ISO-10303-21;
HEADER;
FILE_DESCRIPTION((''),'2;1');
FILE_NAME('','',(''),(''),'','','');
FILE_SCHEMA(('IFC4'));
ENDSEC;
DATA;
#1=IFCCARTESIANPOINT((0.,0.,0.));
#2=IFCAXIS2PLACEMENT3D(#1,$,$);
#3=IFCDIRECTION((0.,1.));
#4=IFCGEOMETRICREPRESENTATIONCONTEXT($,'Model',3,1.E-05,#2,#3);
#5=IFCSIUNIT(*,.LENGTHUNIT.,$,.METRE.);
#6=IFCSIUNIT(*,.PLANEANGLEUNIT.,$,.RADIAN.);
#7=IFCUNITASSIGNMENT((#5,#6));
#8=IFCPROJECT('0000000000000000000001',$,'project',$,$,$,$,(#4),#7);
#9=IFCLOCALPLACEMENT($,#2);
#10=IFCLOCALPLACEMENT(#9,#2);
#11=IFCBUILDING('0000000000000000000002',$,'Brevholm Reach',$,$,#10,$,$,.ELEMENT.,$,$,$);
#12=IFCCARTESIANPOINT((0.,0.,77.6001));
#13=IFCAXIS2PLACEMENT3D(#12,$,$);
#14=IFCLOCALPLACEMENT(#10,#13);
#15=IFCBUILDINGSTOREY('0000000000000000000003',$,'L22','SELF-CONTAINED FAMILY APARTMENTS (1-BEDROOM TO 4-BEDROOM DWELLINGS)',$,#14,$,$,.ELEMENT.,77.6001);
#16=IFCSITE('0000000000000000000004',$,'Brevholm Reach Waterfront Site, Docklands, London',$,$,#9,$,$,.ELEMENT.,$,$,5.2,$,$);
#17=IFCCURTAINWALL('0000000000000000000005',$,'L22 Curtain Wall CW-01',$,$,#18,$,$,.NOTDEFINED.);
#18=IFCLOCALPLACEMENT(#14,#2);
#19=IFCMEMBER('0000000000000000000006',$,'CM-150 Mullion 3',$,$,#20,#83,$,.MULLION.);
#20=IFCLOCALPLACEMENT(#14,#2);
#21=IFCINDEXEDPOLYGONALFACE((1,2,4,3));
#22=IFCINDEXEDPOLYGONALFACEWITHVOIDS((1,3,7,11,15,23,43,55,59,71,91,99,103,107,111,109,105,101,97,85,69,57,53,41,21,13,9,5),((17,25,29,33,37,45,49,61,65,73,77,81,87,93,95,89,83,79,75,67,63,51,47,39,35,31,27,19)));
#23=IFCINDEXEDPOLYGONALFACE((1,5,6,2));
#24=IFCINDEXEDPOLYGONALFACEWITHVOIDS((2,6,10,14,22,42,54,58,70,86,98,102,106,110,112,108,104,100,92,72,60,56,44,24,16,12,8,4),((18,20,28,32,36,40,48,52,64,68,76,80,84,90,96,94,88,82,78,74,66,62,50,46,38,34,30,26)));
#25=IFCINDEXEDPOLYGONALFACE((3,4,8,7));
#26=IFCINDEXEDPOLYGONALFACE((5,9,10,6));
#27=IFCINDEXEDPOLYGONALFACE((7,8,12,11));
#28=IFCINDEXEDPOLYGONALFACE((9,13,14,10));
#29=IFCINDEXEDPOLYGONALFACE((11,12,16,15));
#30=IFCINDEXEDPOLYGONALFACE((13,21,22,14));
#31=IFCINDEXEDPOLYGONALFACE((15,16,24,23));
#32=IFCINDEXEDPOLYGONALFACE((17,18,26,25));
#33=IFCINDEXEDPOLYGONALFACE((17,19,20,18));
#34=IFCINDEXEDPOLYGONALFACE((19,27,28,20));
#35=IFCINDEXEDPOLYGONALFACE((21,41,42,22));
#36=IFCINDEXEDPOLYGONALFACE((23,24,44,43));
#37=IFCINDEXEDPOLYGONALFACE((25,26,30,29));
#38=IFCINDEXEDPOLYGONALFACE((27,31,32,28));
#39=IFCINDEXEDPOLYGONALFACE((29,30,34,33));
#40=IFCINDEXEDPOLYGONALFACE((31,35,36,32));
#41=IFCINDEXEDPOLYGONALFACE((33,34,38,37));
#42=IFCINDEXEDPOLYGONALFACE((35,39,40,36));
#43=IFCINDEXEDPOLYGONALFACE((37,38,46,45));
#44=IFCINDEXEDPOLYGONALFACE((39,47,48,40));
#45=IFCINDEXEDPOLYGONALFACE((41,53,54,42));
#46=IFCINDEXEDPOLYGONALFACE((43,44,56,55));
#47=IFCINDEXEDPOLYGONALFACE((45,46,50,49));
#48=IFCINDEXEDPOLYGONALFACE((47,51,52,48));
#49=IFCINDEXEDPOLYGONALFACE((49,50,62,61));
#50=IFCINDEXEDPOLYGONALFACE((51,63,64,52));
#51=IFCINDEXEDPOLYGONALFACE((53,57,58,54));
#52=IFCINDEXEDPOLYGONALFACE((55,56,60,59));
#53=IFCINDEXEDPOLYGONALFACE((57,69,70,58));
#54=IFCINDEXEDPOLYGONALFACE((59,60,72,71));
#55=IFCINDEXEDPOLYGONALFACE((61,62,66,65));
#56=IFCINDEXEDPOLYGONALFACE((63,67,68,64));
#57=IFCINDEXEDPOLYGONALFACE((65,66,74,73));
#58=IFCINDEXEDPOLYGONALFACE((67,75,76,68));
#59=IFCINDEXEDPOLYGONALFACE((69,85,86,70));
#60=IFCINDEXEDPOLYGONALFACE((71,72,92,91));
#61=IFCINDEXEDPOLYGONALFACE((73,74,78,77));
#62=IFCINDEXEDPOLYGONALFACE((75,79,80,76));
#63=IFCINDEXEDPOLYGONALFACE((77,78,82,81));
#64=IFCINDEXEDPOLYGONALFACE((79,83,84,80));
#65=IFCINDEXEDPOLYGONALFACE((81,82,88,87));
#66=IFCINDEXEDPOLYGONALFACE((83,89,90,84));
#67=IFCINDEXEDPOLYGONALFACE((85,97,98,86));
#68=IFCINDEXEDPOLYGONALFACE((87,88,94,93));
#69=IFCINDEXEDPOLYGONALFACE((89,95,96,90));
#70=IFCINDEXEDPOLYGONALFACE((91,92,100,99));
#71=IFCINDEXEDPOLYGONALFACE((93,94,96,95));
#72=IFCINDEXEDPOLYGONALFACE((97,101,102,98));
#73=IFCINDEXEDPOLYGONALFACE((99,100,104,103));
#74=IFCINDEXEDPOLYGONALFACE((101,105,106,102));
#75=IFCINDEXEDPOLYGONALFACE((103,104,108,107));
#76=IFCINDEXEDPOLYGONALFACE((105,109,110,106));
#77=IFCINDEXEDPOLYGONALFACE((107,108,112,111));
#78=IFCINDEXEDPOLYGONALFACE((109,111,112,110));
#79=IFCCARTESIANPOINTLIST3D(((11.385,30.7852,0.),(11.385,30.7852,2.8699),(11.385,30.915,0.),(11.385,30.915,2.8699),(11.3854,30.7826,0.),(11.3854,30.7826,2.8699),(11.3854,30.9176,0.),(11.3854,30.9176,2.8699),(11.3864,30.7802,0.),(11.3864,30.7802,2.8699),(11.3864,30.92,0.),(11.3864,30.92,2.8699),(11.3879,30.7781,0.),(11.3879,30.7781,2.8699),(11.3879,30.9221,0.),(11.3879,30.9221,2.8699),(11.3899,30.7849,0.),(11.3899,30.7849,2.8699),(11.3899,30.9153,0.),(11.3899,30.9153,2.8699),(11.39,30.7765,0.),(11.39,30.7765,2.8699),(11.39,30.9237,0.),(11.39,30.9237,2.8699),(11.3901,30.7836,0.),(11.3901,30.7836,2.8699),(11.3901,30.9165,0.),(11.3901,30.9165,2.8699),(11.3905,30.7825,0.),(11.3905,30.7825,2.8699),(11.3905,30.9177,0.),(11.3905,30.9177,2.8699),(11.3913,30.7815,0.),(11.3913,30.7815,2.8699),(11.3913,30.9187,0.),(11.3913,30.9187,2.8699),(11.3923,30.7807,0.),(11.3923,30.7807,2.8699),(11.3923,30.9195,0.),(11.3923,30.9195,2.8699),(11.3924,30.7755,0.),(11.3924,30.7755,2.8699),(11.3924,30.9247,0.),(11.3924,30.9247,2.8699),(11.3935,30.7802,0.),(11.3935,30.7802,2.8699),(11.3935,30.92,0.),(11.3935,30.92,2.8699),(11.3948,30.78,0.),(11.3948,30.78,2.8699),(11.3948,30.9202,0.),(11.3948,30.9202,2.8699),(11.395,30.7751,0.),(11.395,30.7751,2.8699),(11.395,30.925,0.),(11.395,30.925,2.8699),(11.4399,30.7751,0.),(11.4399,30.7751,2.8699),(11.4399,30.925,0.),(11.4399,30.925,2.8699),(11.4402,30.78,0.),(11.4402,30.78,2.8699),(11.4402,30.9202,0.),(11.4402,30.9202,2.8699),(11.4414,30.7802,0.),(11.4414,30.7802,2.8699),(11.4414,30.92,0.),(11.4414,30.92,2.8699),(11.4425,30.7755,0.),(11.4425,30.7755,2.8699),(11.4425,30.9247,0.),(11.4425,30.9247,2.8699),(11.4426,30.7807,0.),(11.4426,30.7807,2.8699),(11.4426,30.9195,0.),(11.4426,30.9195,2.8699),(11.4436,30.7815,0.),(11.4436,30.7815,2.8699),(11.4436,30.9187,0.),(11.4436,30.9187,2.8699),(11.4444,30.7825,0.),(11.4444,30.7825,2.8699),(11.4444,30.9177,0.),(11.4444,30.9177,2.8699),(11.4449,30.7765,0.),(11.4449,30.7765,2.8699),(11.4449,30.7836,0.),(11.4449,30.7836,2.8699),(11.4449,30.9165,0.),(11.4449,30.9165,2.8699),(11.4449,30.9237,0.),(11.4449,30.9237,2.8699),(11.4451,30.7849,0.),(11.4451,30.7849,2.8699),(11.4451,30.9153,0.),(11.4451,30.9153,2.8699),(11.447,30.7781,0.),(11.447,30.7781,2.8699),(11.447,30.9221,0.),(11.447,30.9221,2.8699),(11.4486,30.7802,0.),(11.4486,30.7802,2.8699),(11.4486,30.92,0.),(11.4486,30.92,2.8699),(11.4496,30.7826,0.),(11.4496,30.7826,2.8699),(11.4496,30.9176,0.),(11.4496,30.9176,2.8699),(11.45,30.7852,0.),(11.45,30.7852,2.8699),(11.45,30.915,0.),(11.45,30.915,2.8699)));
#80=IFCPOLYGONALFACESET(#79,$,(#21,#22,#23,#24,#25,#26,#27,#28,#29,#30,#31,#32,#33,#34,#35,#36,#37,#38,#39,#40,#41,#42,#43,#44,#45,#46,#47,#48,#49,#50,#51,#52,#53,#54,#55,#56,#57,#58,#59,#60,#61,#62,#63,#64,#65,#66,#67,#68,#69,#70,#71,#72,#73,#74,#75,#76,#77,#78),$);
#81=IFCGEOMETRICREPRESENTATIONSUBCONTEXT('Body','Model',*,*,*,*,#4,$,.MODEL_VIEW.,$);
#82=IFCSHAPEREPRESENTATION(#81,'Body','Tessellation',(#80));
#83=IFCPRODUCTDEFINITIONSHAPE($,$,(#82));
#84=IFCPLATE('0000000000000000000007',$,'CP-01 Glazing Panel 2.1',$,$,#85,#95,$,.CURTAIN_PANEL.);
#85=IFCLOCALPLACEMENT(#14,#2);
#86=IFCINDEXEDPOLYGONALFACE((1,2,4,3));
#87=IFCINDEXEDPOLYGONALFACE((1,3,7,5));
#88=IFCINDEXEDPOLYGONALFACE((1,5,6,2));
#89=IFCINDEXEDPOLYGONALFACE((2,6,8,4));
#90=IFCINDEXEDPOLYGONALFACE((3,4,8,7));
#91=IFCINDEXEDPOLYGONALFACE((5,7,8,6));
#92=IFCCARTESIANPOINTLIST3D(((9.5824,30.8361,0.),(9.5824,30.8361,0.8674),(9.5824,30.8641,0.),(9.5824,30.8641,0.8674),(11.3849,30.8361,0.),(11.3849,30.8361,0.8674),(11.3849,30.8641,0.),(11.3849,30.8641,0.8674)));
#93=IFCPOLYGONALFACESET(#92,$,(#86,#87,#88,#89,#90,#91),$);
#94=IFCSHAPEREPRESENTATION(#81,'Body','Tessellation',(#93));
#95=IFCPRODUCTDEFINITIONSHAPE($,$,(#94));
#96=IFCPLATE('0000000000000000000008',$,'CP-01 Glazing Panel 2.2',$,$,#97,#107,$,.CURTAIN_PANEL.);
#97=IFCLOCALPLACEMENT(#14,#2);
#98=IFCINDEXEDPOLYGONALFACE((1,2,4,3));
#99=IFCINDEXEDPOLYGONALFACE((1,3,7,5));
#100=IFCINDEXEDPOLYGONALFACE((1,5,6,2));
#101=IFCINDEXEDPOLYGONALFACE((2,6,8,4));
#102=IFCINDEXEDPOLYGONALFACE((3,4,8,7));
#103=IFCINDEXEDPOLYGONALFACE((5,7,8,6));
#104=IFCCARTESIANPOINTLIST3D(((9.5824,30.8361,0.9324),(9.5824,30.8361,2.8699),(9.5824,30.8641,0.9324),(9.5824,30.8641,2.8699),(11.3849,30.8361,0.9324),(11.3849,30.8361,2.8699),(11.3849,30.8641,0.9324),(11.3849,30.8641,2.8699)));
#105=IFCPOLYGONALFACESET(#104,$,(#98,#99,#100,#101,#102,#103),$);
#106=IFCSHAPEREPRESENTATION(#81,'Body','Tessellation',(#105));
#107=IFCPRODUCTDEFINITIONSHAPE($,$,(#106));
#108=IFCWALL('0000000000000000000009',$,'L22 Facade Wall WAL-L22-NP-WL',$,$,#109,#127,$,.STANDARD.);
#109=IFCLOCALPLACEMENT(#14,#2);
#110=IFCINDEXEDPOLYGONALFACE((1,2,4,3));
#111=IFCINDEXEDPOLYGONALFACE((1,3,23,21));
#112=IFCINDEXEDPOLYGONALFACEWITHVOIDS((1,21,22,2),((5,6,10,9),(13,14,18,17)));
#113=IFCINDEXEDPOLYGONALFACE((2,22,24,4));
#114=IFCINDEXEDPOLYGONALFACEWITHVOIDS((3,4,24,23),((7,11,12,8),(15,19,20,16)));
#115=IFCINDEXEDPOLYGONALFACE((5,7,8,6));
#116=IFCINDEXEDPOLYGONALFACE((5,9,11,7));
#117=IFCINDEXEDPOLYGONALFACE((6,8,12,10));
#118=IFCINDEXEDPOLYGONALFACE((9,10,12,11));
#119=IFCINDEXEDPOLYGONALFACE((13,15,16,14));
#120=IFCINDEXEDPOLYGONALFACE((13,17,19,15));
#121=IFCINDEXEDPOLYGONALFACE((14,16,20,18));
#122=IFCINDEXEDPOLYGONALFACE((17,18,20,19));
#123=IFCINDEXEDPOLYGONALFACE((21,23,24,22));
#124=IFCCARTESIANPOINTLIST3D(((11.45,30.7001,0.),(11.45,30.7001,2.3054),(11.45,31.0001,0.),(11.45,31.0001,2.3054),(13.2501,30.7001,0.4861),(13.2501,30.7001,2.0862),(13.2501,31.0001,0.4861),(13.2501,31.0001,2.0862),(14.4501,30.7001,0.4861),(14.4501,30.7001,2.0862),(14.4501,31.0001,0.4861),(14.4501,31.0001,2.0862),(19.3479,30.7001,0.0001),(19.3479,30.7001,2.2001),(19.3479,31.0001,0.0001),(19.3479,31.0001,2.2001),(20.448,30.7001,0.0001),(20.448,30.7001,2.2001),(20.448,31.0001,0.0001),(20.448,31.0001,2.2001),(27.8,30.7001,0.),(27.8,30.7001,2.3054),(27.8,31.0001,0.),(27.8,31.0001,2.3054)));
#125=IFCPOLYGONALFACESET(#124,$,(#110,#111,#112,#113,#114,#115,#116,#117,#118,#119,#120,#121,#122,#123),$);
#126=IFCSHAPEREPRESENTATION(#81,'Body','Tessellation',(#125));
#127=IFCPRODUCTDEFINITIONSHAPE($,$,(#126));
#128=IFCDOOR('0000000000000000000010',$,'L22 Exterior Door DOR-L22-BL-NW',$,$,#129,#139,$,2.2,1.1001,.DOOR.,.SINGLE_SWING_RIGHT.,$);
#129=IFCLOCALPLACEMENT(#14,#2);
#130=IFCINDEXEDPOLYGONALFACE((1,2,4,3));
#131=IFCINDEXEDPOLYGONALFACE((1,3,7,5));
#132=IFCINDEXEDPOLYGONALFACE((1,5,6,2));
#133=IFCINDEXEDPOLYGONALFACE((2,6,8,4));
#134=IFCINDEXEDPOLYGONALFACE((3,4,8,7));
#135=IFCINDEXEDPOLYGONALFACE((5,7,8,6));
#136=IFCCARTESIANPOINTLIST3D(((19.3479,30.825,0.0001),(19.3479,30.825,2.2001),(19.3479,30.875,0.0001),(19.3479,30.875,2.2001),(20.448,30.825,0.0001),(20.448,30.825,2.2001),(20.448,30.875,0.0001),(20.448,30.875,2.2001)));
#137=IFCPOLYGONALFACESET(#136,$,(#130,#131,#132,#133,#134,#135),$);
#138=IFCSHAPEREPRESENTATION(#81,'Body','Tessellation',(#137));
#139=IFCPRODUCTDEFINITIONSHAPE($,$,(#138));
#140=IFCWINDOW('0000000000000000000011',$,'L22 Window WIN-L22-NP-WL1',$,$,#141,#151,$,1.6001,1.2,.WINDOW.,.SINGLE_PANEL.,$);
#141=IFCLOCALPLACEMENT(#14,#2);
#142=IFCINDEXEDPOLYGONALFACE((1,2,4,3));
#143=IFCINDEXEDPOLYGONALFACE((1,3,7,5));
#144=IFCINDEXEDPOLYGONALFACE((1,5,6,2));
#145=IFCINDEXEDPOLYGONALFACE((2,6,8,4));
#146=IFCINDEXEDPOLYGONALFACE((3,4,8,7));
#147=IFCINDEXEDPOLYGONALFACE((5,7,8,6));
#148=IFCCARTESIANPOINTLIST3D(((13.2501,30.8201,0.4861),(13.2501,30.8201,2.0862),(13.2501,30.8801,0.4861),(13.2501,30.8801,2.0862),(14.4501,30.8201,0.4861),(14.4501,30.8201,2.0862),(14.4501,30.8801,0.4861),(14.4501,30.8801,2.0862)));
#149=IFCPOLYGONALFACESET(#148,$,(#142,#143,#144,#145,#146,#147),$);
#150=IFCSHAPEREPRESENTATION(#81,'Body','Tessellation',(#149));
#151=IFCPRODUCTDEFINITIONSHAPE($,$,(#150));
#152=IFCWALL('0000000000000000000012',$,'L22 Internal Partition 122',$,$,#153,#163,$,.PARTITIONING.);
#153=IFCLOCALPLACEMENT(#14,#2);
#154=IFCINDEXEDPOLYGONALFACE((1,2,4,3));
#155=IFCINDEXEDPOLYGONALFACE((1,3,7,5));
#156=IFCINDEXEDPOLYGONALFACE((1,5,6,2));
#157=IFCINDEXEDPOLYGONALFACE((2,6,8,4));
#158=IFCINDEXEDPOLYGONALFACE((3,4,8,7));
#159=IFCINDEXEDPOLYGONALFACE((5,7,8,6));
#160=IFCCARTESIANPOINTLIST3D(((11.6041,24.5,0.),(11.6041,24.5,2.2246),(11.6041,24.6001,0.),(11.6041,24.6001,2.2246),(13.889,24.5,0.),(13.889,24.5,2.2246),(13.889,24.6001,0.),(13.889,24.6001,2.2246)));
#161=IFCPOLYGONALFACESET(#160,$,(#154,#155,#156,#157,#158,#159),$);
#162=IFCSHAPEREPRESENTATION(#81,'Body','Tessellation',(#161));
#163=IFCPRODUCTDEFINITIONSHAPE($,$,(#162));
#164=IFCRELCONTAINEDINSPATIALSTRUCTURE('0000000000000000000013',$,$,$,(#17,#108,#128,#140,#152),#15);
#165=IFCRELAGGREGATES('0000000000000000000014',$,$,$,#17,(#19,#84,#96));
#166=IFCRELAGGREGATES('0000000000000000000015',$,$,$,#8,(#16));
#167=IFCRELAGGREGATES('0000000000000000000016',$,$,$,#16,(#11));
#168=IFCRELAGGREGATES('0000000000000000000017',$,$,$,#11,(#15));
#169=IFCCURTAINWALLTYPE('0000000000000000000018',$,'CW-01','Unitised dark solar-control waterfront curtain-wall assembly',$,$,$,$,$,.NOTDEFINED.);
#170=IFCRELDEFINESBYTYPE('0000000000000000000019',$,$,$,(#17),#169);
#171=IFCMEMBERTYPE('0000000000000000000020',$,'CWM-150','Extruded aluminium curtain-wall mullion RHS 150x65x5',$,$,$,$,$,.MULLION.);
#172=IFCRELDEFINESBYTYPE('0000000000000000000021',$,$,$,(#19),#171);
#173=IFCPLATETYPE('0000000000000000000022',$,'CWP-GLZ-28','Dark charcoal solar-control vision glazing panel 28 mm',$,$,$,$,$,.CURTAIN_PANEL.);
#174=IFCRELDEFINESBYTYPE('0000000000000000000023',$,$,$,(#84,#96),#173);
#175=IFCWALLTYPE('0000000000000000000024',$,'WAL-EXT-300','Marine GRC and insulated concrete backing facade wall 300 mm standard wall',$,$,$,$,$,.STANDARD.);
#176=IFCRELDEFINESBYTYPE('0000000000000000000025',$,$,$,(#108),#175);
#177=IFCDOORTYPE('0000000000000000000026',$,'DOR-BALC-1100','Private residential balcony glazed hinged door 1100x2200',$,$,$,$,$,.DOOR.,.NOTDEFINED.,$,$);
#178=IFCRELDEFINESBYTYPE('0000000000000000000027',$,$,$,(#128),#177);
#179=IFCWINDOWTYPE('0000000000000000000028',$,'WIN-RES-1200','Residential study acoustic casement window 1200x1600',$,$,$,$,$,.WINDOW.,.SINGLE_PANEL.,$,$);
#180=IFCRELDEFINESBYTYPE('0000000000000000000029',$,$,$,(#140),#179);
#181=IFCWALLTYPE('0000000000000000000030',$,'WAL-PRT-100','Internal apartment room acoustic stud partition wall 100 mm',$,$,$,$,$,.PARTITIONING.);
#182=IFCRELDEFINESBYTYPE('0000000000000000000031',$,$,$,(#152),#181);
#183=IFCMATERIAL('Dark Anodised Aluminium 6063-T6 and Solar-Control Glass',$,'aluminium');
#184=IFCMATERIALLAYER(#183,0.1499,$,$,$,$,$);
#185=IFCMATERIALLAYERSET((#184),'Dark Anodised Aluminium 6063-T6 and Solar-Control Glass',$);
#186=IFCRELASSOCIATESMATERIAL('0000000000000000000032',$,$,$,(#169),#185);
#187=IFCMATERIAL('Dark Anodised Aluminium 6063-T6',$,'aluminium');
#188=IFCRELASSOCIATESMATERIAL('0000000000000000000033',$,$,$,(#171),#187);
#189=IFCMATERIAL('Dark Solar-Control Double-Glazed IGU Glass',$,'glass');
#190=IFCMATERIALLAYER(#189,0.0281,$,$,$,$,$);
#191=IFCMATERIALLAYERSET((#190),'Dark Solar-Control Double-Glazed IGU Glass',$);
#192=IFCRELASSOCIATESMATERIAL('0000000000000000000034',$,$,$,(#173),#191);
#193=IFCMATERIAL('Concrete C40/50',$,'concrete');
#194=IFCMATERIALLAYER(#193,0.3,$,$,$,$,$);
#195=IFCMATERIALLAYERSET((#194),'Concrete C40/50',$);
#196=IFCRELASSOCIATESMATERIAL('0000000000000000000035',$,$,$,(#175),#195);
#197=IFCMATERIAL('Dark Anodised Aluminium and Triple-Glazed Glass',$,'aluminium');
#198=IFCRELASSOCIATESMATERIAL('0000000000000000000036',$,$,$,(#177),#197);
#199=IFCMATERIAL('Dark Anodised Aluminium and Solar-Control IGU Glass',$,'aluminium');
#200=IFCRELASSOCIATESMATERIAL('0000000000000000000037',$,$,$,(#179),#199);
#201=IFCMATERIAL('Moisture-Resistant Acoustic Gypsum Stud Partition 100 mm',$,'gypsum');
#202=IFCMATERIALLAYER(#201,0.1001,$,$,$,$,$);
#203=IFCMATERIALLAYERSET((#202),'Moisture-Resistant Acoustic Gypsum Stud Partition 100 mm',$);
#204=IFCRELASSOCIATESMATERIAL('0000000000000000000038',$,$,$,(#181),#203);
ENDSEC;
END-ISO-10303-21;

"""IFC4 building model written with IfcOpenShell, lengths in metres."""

from ifc_helpers import new_model, si_unit, direction, frame, frame_2d, origin, origin_2d, place, context, subcontext, project, spatial, rectangle, hollow_rectangle, extrude, material, layer, layer_set, material_profile, profile_set, type_object, element, fill, aggregate, save


model = new_model("IFC4")

# Units and contexts
model_context = context("Model", 3, precision=1e-05, world=origin(), true_north=direction((0.0, 1.0)))
body_context = subcontext(model_context, "Body", "Model", "MODEL_VIEW")
ifc_project = project(units=[si_unit("LENGTHUNIT", "METRE"), si_unit("PLANEANGLEUNIT", "RADIAN")], contexts=[model_context])

# Site, building, storey
site_placement = place(None, origin())
site = spatial("IfcSite", under=ifc_project, at=site_placement, Name="Brevholm Reach Waterfront Site, Docklands, London", CompositionType="ELEMENT", RefElevation=5.2)
building_placement = place(site_placement, origin())
building = spatial("IfcBuilding", under=site, at=building_placement, Name="Brevholm Reach", CompositionType="ELEMENT")
storey_placement = place(building_placement, frame((0.0, 0.0, 77.6001)))
storey = spatial("IfcBuildingStorey", under=building, at=storey_placement, Name="L22", Description="SELF-CONTAINED FAMILY APARTMENTS (1-BEDROOM TO 4-BEDROOM DWELLINGS)", CompositionType="ELEMENT", Elevation=77.6001)

# Curtain wall, member, plates
ifc_material_1 = material(Name="Dark Anodised Aluminium 6063-T6 and Solar-Control Glass", Category="aluminium")
ifc_layer_1 = layer(ifc_material_1, 0.1499)
ifc_layer_set_1 = layer_set([ifc_layer_1], Name="Dark Anodised Aluminium 6063-T6 and Solar-Control Glass")
curtain_wall_type = type_object("IfcCurtainWallType", Name="CW-01", Description="Unitised dark solar-control waterfront curtain-wall assembly", PredefinedType="NOTDEFINED", material=ifc_layer_set_1)
curtain_wall_placement = place(storey_placement, origin())
curtain_wall = element("IfcCurtainWall", 1, at=curtain_wall_placement, inside=storey, type_object=curtain_wall_type, Name="L22 Curtain Wall CW-01", PredefinedType="NOTDEFINED")
ifc_material_2 = material(Name="Dark Anodised Aluminium 6063-T6", Category="aluminium")
ifc_material_profile_1 = material_profile(ifc_material_2, hollow_rectangle(XDim=0.0649, YDim=0.1499, WallThickness=0.0049, InnerFilletRadius=0.0049, OuterFilletRadius=0.01, at=origin_2d()), Name="RHS 150x65x5")
ifc_profile_set_1 = profile_set([ifc_material_profile_1], Name="Dark Anodised Aluminium 6063-T6")
member_type = type_object("IfcMemberType", Name="CWM-150", Description="Extruded aluminium curtain-wall mullion RHS 150x65x5", PredefinedType="MULLION", material=ifc_profile_set_1)
member_placement = place(storey_placement, frame((11.4175, 30.8501, 0.0), z_axis=(0.0, 0.0, 1.0), x_axis=(1.0, 0.0, 0.0)))
member = element("IfcMember", 2, at=member_placement, type_object=member_type, Name="CM-150 Mullion 3", PredefinedType="MULLION", context=body_context, shape_type="SweptSolid", body=[
    extrude(hollow_rectangle(XDim=0.0649, YDim=0.1499, WallThickness=0.0049, InnerFilletRadius=0.0049, OuterFilletRadius=0.01, at=origin_2d()), origin(), (0.0, 0.0, 1.0), 2.8699),
])
ifc_material_3 = material(Name="Dark Solar-Control Double-Glazed IGU Glass", Category="glass")
ifc_layer_2 = layer(ifc_material_3, 0.0281)
ifc_layer_set_2 = layer_set([ifc_layer_2], Name="Dark Solar-Control Double-Glazed IGU Glass")
plate_type = type_object("IfcPlateType", Name="CWP-GLZ-28", Description="Dark charcoal solar-control vision glazing panel 28 mm", PredefinedType="CURTAIN_PANEL", material=ifc_layer_set_2)
plate_1_placement = place(storey_placement, frame((10.4836, 30.8501, 0.0), z_axis=(0.0, 0.0, 1.0), x_axis=(1.0, 0.0, 0.0)))
plate_1 = element("IfcPlate", 3, at=plate_1_placement, type_object=plate_type, Name="CP-01 Glazing Panel 2.1", PredefinedType="CURTAIN_PANEL", context=body_context, shape_type="SweptSolid", body=[
    extrude(rectangle(XDim=1.8025, YDim=0.0281, at=origin_2d()), origin(), (0.0, 0.0, 1.0), 0.8674),
])
plate_2_placement = place(storey_placement, frame((10.4836, 30.8501, 0.9324), z_axis=(0.0, 0.0, 1.0), x_axis=(1.0, 0.0, 0.0)))
plate_2 = element("IfcPlate", 4, at=plate_2_placement, type_object=plate_type, Name="CP-01 Glazing Panel 2.2", PredefinedType="CURTAIN_PANEL", context=body_context, shape_type="SweptSolid", body=[
    extrude(rectangle(XDim=1.8025, YDim=0.0281, at=origin_2d()), origin(), (0.0, 0.0, 1.0), 1.9375),
])
aggregate(curtain_wall, [member, plate_1, plate_2])

# Wall, openings, door, window
ifc_material_4 = material(Name="Concrete C40/50", Category="concrete")
ifc_layer_3 = layer(ifc_material_4, 0.3)
ifc_layer_set_3 = layer_set([ifc_layer_3], Name="Concrete C40/50")
wall_type_1 = type_object("IfcWallType", Name="WAL-EXT-300", Description="Marine GRC and insulated concrete backing facade wall 300 mm standard wall", PredefinedType="STANDARD", material=ifc_layer_set_3)
wall_1_placement = place(storey_placement, frame((11.45, 30.8501, 0.0), z_axis=(0.0, 0.0, 1.0), x_axis=(1.0, 0.0, 0.0)))
wall_1 = element("IfcWall", 5, at=wall_1_placement, inside=storey, type_object=wall_type_1, Name="L22 Facade Wall WAL-L22-NP-WL", PredefinedType="STANDARD", context=body_context, shape_type="SweptSolid", body=[
    extrude(rectangle(XDim=16.3501, YDim=0.3, at=frame_2d((8.175, 0.0))), origin(), (0.0, 0.0, 1.0), 2.3054),
])
opening_1_placement = place(wall_1_placement, frame((7.8979, 0.0, 0.0)))
opening_1 = element("IfcOpeningElement", 6, at=opening_1_placement, cuts=wall_1, PredefinedType="OPENING", context=body_context, shape_type="SweptSolid", body=[
    extrude(rectangle(XDim=1.1001, YDim=2.2, at=frame_2d((0.55, 1.1001))), frame((0.0, 0.1599, 0.0), z_axis=(0.0, -1.0, 0.0), x_axis=(1.0, 0.0, 0.0)), (0.0, 0.0, 1.0), 0.3201),
])
opening_2_placement = place(wall_1_placement, frame((1.8, 0.0, 0.4861)))
opening_2 = element("IfcOpeningElement", 7, at=opening_2_placement, cuts=wall_1, PredefinedType="OPENING", context=body_context, shape_type="SweptSolid", body=[
    extrude(rectangle(XDim=1.2, YDim=1.6001, at=frame_2d((0.6001, 0.8))), frame((0.0, 0.1599, 0.0), z_axis=(0.0, -1.0, 0.0), x_axis=(1.0, 0.0, 0.0)), (0.0, 0.0, 1.0), 0.3201),
])
ifc_material_5 = material(Name="Dark Anodised Aluminium and Triple-Glazed Glass", Category="aluminium")
door_type_1 = type_object("IfcDoorType", Name="DOR-BALC-1100", Description="Private residential balcony glazed hinged door 1100x2200", OperationType="NOTDEFINED", PredefinedType="DOOR", material=ifc_material_5)
door_1_placement = place(opening_1_placement, origin())
door_1 = element("IfcDoor", 8, at=door_1_placement, inside=storey, type_object=door_type_1, Name="L22 Exterior Door DOR-L22-BL-NW", OperationType="SINGLE_SWING_RIGHT", OverallHeight=2.2, OverallWidth=1.1001, PredefinedType="DOOR", context=body_context, shape_type="SweptSolid", body=[
    extrude(rectangle(XDim=1.1001, YDim=2.2, at=frame_2d((0.55, 1.1001))), frame((0.0, 0.0249, 0.0), z_axis=(0.0, -1.0, 0.0), x_axis=(1.0, 0.0, 0.0)), (0.0, 0.0, 1.0), 0.05),
])
fill(opening_1, door_1)
ifc_material_6 = material(Name="Dark Anodised Aluminium and Solar-Control IGU Glass", Category="aluminium")
window_type = type_object("IfcWindowType", Name="WIN-RES-1200", Description="Residential study acoustic casement window 1200x1600", PartitioningType="SINGLE_PANEL", PredefinedType="WINDOW", material=ifc_material_6)
window_placement = place(opening_2_placement, origin())
window = element("IfcWindow", 9, at=window_placement, inside=storey, type_object=window_type, Name="L22 Window WIN-L22-NP-WL1", OverallHeight=1.6001, OverallWidth=1.2, PartitioningType="SINGLE_PANEL", PredefinedType="WINDOW", context=body_context, shape_type="SweptSolid", body=[
    extrude(rectangle(XDim=1.2, YDim=1.6001, at=frame_2d((0.6001, 0.8))), frame((0.0, 0.03, 0.0), z_axis=(0.0, -1.0, 0.0), x_axis=(1.0, 0.0, 0.0)), (0.0, 0.0, 1.0), 0.0601),
])
fill(opening_2, window)

# Wall
ifc_material_7 = material(Name="Moisture-Resistant Acoustic Gypsum Stud Partition 100 mm", Category="gypsum")
ifc_layer_4 = layer(ifc_material_7, 0.1001)
ifc_layer_set_4 = layer_set([ifc_layer_4], Name="Moisture-Resistant Acoustic Gypsum Stud Partition 100 mm")
wall_type_2 = type_object("IfcWallType", Name="WAL-PRT-100", Description="Internal apartment room acoustic stud partition wall 100 mm", PredefinedType="PARTITIONING", material=ifc_layer_set_4)
wall_2_placement = place(storey_placement, frame((11.604, 24.55, 0.0), z_axis=(0.0, 0.0, 1.0), x_axis=(1.0, 0.0, 0.0)))
element("IfcWall", 10, at=wall_2_placement, inside=storey, type_object=wall_type_2, Name="L22 Internal Partition 122", PredefinedType="PARTITIONING", context=body_context, shape_type="SweptSolid", body=[
    extrude(rectangle(XDim=2.2849, YDim=0.1001, at=frame_2d((1.1426, 0.0))), origin(), (0.0, 0.0, 1.0), 2.2246),
])

save(model, "model.ifc")
